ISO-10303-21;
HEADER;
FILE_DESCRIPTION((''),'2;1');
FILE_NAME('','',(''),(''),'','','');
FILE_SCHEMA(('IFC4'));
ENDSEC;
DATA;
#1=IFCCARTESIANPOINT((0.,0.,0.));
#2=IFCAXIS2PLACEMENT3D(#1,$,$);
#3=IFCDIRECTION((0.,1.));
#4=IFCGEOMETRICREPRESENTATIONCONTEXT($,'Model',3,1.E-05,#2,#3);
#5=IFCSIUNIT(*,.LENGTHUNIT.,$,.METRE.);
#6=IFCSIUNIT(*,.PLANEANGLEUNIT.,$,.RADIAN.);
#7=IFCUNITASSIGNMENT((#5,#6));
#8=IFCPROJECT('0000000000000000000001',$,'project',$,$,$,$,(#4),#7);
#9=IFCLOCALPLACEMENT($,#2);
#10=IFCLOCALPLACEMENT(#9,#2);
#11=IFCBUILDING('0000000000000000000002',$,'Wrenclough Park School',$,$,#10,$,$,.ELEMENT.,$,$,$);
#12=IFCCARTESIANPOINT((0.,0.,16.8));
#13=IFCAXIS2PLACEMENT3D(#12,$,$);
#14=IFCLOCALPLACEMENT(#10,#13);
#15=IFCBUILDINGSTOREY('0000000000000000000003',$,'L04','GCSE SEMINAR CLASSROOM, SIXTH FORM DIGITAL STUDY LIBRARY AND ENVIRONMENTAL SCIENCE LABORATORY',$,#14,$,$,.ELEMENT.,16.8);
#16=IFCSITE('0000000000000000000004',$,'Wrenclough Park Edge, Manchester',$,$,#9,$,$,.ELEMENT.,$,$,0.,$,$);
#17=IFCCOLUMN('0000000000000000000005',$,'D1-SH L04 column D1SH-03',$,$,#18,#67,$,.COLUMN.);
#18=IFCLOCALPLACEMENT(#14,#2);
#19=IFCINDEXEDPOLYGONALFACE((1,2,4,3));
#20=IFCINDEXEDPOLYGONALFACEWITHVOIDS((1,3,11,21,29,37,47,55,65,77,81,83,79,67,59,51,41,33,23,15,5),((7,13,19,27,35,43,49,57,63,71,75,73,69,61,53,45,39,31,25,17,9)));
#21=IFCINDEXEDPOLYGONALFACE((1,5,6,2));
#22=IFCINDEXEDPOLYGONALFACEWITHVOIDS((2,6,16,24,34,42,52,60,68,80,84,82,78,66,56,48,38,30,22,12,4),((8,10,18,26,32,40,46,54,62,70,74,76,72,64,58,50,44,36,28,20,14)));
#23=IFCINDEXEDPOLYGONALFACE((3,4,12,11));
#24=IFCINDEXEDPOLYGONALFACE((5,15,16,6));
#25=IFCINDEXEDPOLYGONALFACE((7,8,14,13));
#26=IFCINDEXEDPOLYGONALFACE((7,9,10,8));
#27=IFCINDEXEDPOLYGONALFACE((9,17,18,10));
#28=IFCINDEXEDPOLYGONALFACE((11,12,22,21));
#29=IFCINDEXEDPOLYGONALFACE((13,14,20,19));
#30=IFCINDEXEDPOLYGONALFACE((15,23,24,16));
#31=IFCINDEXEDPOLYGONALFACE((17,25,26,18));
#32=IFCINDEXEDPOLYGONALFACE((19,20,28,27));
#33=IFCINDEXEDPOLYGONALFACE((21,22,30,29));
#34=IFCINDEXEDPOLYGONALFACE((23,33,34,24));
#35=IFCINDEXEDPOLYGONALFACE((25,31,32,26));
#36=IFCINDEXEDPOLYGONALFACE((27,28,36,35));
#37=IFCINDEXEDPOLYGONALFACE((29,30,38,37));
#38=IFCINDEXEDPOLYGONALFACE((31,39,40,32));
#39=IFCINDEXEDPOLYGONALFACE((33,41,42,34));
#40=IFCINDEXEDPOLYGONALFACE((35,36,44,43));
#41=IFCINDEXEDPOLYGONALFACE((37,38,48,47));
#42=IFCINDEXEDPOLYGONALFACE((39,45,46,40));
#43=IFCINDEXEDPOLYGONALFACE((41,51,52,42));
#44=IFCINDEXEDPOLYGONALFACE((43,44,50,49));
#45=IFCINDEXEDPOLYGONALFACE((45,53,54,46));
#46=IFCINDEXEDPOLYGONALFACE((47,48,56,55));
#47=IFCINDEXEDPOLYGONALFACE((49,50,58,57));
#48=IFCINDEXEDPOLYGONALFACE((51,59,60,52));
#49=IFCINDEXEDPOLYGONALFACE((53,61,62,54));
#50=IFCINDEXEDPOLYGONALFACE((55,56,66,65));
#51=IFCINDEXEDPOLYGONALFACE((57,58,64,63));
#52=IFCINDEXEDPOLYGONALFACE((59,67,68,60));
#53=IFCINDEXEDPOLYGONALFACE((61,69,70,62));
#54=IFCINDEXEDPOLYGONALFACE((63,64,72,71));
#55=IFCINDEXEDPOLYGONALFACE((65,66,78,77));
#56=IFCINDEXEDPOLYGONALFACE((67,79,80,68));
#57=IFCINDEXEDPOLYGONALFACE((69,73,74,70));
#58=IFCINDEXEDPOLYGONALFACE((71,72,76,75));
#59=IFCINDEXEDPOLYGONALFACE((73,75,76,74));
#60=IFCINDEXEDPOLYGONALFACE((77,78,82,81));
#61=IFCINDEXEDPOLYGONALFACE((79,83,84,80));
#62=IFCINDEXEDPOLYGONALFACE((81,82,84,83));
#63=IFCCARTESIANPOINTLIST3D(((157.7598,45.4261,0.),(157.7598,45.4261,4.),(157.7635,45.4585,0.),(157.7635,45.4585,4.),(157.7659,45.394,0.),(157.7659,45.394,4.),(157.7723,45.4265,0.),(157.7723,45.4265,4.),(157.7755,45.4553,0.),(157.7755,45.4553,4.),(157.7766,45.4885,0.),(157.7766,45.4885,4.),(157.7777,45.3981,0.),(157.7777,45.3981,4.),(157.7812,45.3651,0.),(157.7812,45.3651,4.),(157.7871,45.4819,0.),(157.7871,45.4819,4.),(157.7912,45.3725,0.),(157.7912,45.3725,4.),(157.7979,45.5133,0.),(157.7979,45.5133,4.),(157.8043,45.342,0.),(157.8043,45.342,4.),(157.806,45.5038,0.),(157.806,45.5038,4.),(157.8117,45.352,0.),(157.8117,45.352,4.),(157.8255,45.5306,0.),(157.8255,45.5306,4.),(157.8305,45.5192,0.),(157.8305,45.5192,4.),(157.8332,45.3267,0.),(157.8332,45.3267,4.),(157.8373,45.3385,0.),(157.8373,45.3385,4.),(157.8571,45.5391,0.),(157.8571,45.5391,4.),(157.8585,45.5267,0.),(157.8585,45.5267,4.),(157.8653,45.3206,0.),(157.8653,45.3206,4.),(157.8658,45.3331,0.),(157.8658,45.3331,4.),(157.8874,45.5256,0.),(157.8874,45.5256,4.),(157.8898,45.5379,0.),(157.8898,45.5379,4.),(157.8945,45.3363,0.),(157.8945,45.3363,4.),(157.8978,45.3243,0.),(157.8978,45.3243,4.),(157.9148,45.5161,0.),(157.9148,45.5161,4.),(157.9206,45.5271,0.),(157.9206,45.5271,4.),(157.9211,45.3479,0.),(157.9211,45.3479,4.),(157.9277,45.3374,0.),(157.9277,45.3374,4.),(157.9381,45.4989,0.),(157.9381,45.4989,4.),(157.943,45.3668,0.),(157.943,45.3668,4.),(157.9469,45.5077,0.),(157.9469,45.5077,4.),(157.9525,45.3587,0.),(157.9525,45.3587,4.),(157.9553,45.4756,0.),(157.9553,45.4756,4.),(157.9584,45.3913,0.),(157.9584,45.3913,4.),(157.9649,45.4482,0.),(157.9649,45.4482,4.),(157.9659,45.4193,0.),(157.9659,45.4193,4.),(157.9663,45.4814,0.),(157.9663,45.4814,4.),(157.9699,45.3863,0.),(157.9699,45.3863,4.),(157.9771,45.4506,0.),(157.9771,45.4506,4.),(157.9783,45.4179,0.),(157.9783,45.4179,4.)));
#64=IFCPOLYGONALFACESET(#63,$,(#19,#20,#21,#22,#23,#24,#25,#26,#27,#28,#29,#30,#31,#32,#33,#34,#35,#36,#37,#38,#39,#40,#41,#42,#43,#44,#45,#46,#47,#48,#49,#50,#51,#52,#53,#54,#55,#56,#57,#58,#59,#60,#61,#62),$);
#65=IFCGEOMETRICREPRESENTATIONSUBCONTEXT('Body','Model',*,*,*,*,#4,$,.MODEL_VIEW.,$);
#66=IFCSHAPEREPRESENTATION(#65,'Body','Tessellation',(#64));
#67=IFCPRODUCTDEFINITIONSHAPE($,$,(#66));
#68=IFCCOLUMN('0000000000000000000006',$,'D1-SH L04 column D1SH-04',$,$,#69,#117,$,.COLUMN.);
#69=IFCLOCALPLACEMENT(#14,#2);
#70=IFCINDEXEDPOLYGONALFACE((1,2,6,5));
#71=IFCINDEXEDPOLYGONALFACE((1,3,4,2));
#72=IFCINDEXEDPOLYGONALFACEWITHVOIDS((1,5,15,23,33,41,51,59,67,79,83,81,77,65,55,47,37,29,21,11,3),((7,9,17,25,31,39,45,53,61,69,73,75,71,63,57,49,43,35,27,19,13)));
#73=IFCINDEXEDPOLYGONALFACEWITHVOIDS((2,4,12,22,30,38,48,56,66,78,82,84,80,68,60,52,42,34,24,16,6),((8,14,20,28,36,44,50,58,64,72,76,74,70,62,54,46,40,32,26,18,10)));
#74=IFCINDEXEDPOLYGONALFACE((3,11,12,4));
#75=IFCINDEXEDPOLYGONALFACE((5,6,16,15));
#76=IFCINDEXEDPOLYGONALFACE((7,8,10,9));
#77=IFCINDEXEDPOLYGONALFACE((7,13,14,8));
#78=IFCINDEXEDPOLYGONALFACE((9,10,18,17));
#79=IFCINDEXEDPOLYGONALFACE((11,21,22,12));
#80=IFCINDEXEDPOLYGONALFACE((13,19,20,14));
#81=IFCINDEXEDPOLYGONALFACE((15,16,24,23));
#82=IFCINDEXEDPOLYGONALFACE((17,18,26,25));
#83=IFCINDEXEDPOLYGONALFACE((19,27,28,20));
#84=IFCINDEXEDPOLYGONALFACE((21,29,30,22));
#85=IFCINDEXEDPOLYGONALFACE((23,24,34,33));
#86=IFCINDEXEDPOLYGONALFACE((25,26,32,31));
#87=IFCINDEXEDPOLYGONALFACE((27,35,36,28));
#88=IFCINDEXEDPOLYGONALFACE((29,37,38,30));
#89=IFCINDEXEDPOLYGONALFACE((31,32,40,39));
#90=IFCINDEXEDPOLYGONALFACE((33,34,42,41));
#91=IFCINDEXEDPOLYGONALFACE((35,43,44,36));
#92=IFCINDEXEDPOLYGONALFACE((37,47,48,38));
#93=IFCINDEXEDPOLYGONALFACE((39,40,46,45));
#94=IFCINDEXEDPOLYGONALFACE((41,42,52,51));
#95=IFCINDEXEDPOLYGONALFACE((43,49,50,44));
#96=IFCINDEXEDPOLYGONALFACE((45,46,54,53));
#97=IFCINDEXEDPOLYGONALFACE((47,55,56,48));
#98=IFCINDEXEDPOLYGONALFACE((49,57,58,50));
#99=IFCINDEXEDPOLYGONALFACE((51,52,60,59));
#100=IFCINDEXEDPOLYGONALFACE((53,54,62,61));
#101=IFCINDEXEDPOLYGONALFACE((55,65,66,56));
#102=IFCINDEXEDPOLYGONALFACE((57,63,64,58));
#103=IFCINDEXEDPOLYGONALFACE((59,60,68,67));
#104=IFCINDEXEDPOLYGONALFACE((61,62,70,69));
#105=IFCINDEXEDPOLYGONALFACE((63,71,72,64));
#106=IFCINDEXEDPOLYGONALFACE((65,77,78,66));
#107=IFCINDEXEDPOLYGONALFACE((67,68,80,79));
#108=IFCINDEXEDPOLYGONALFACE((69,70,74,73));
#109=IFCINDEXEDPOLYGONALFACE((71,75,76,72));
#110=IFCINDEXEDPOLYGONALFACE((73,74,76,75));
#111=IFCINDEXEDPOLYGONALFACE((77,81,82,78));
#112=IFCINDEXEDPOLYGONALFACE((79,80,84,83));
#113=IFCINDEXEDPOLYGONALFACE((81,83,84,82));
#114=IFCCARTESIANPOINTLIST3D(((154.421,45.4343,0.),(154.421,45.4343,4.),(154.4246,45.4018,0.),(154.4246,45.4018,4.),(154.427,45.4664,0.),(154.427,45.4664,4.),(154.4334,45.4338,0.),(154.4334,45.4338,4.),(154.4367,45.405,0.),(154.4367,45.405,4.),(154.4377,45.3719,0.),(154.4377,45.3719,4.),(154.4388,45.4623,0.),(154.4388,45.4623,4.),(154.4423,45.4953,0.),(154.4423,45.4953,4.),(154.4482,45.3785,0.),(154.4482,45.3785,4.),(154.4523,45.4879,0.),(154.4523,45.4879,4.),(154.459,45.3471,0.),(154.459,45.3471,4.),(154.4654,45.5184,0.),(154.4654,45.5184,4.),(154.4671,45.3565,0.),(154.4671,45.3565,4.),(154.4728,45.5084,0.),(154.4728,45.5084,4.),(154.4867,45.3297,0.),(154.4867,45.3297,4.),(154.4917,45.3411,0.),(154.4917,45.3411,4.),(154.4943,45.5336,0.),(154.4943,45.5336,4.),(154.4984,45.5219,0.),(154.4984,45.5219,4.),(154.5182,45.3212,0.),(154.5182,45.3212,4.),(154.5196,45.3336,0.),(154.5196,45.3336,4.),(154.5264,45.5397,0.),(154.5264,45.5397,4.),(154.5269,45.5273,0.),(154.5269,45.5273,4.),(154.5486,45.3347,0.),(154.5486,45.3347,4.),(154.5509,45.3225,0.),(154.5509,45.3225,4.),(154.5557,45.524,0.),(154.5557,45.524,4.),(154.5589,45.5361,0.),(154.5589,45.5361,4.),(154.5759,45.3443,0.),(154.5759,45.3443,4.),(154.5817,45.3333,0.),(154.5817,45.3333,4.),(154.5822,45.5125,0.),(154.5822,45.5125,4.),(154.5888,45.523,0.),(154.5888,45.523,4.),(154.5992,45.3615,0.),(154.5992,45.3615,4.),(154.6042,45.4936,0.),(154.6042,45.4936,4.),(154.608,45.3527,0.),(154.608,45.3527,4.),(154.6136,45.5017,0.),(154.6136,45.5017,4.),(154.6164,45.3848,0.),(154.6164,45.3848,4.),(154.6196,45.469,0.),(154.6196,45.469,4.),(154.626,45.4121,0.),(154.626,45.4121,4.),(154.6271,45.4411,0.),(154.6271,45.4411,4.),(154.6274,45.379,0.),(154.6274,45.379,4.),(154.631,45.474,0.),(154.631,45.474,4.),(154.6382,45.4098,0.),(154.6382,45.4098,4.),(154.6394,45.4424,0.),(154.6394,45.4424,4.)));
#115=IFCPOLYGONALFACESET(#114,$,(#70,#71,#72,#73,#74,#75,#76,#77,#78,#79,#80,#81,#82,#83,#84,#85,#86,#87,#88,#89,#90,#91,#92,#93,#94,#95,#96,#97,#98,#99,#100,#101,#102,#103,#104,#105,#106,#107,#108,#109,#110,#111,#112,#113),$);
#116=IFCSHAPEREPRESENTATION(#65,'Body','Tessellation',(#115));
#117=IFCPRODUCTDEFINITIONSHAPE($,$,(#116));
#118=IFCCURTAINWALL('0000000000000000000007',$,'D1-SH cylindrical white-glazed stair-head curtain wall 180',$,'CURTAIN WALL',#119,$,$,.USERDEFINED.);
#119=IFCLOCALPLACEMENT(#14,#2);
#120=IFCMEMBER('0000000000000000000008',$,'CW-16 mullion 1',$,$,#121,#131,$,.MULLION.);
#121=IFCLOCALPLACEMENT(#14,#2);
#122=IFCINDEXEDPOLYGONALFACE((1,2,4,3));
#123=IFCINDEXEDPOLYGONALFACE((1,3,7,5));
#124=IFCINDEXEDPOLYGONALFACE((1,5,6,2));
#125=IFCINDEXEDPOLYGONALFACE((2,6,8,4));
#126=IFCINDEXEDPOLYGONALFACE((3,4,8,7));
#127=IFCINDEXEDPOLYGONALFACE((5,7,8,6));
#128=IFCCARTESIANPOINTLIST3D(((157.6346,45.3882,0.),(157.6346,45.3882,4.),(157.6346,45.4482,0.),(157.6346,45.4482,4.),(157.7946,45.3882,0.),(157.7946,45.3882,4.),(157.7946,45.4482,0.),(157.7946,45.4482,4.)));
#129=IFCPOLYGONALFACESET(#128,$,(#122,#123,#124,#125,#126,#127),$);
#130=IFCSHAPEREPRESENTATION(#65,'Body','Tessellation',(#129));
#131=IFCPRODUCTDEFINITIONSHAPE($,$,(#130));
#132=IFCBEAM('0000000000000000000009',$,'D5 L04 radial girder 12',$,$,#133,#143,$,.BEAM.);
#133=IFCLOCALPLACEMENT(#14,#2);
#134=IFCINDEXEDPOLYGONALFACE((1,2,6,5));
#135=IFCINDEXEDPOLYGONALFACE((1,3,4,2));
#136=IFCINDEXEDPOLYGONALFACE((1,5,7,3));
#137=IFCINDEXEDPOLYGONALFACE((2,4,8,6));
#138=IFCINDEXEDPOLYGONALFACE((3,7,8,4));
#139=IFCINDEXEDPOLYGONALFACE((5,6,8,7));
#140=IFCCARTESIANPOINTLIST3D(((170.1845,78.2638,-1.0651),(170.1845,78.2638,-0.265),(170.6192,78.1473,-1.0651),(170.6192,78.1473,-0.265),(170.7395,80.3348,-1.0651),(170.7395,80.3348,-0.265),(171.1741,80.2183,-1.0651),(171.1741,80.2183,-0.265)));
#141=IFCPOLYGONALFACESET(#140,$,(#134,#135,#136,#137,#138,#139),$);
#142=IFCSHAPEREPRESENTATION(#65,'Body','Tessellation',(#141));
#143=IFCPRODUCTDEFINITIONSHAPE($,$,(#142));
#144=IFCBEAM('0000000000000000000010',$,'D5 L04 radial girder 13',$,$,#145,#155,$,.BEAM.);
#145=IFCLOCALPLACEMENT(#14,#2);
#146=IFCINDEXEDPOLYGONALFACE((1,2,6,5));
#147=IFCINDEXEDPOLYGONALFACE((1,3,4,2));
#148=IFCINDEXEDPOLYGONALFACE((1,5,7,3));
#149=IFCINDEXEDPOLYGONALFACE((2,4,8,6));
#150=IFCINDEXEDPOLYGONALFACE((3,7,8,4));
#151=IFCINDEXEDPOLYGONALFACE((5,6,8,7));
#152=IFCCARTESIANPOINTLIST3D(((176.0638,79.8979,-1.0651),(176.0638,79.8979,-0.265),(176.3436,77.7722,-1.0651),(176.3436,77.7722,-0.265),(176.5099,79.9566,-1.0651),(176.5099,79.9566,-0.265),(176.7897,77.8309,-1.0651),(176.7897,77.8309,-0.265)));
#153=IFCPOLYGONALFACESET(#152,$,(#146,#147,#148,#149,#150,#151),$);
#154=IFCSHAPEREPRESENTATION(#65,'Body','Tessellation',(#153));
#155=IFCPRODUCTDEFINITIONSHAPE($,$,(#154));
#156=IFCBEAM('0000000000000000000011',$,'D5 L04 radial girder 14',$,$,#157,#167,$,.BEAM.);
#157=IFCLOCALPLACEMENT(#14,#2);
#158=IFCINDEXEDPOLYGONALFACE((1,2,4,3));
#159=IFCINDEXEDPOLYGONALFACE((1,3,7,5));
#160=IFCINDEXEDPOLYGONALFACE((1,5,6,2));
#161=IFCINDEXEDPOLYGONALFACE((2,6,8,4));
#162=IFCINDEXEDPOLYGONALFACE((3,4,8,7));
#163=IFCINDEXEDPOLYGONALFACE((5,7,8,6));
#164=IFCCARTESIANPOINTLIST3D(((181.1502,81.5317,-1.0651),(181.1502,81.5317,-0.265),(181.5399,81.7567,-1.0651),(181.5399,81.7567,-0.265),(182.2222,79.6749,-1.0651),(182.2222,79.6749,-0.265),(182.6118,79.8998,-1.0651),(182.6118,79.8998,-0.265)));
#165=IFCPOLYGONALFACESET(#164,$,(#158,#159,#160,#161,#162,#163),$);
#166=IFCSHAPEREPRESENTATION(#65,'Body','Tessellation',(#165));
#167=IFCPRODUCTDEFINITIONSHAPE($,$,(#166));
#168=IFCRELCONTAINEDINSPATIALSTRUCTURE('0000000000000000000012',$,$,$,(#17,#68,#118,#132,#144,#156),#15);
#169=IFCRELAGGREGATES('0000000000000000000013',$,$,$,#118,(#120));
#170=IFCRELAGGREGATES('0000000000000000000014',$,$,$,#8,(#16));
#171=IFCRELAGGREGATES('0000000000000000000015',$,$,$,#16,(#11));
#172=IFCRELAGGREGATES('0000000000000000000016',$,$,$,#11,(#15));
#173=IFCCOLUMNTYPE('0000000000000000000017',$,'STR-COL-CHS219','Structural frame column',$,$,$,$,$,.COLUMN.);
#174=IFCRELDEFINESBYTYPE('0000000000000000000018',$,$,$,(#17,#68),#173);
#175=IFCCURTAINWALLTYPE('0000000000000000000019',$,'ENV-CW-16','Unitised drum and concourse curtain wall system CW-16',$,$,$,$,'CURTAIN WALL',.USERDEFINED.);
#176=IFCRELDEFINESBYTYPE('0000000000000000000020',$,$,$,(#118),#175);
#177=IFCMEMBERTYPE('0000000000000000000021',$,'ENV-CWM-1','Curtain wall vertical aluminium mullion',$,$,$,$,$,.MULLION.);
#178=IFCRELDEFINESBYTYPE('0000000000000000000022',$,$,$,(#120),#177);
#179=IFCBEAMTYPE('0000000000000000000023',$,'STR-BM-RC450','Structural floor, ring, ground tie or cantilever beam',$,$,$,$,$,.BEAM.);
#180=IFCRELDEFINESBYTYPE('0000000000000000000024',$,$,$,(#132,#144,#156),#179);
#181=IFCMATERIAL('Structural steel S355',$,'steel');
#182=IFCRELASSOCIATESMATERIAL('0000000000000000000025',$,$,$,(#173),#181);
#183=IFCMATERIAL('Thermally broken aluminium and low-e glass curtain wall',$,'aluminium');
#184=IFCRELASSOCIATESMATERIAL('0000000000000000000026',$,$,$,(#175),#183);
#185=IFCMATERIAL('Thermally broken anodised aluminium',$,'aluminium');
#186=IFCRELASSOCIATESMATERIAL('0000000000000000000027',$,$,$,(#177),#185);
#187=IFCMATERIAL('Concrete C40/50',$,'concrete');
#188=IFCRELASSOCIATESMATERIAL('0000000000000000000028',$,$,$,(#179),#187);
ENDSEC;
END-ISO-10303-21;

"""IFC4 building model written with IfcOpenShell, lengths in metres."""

from ifc_helpers import new_model, si_unit, direction, frame, origin, origin_2d, place, context, subcontext, project, spatial, rectangle, hollow_circle, extrude, material, material_profile, profile_set, type_object, element, aggregate, save


model = new_model("IFC4")

# Units and contexts
model_context = context("Model", 3, precision=1e-05, world=origin(), true_north=direction((0.0, 1.0)))
body_context = subcontext(model_context, "Body", "Model", "MODEL_VIEW")
ifc_project = project(units=[si_unit("LENGTHUNIT", "METRE"), si_unit("PLANEANGLEUNIT", "RADIAN")], contexts=[model_context])

# Site, building, storey
site_placement = place(None, origin())
site = spatial("IfcSite", under=ifc_project, at=site_placement, Name="Wrenclough Park Edge, Manchester", CompositionType="ELEMENT", RefElevation=0.0)
building_placement = place(site_placement, origin())
building = spatial("IfcBuilding", under=site, at=building_placement, Name="Wrenclough Park School", CompositionType="ELEMENT")
storey_placement = place(building_placement, frame((0.0, 0.0, 16.8)))
storey = spatial("IfcBuildingStorey", under=building, at=storey_placement, Name="L04", Description="GCSE SEMINAR CLASSROOM, SIXTH FORM DIGITAL STUDY LIBRARY AND ENVIRONMENTAL SCIENCE LABORATORY", CompositionType="ELEMENT", Elevation=16.8)

# Columns
ifc_material_1 = material(Name="Structural steel S355", Category="steel")
ifc_material_profile_1 = material_profile(ifc_material_1, hollow_circle(Radius=0.1096, WallThickness=0.0125, at=origin_2d()), Name="CHS 219.1x12.5")
ifc_profile_set_1 = profile_set([ifc_material_profile_1], Name="Structural steel S355")
column_type = type_object("IfcColumnType", Name="STR-COL-CHS219", Description="Structural frame column", PredefinedType="COLUMN", material=ifc_profile_set_1)
for number, where, z_axis, x_axis, name in (
    (1, (157.8694, 45.4302, 0.0), (0.0, 0.0, 1.0), (-0.965926, 0.258819, 0.0), "D1-SH L04 column D1SH-03"),
    (2, (154.5305, 45.4302, 0.0), (0.0, 0.0, 1.0), (-0.965926, -0.258819, 0.0), "D1-SH L04 column D1SH-04"),
):
    element("IfcColumn", number, at=place(storey_placement, frame(where, z_axis=z_axis, x_axis=x_axis)), inside=storey, type_object=column_type, Name=name, PredefinedType="COLUMN", context=body_context, shape_type="SweptSolid", body=[
        extrude(hollow_circle(Radius=0.1096, WallThickness=0.0125, at=origin_2d()), origin(), (0.0, 0.0, 1.0), 4.0),
    ])

# Curtain wall, member
ifc_material_2 = material(Name="Thermally broken aluminium and low-e glass curtain wall", Category="aluminium")
curtain_wall_type = type_object("IfcCurtainWallType", Name="ENV-CW-16", Description="Unitised drum and concourse curtain wall system CW-16", ElementType="CURTAIN WALL", PredefinedType="USERDEFINED", material=ifc_material_2)
curtain_wall_placement = place(storey_placement, origin())
curtain_wall = element("IfcCurtainWall", 3, at=curtain_wall_placement, inside=storey, type_object=curtain_wall_type, Name="D1-SH cylindrical white-glazed stair-head curtain wall 180", ObjectType="CURTAIN WALL", PredefinedType="USERDEFINED")
ifc_material_3 = material(Name="Thermally broken anodised aluminium", Category="aluminium")
ifc_material_profile_2 = material_profile(ifc_material_3, rectangle(XDim=0.0601, YDim=0.1599, at=origin_2d()), Name="AL MULLION 60x160")
ifc_profile_set_2 = profile_set([ifc_material_profile_2], Name="Thermally broken anodised aluminium")
member_type = type_object("IfcMemberType", Name="ENV-CWM-1", Description="Curtain wall vertical aluminium mullion", PredefinedType="MULLION", material=ifc_profile_set_2)
member_placement = place(storey_placement, frame((157.7146, 45.4182, 0.0), z_axis=(0.0, 0.0, 1.0), x_axis=(0.0, -1.0, 0.0)))
member = element("IfcMember", 4, at=member_placement, type_object=member_type, Name="CW-16 mullion 1", PredefinedType="MULLION", context=body_context, shape_type="SweptSolid", body=[
    extrude(rectangle(XDim=0.0601, YDim=0.1599, at=origin_2d()), origin(), (0.0, 0.0, 1.0), 4.0),
])
aggregate(curtain_wall, [member])

# Beams
ifc_material_4 = material(Name="Concrete C40/50", Category="concrete")
ifc_material_profile_3 = material_profile(ifc_material_4, rectangle(XDim=0.45, YDim=0.8, at=origin_2d()), Name="RC BEAM 450x800")
ifc_profile_set_3 = profile_set([ifc_material_profile_3], Name="Concrete C40/50")
beam_type_1 = type_object("IfcBeamType", Name="STR-BM-RC450", Description="Structural floor, ring, ground tie or cantilever beam", PredefinedType="BEAM", material=ifc_profile_set_3)
for number, where, z_axis, x_axis, name in (
    (5, (170.4019, 78.2056, -0.665), (0.258818, 0.965926, 0.0), (-0.965926, 0.258818, 0.0), "D5 L04 radial girder 12"),
    (6, (176.5667, 77.8015, -0.665), (-0.130493, 0.991449, 0.0), (-0.991449, -0.130493, 0.0), "D5 L04 radial girder 13"),
    (7, (182.417, 79.7874, -0.665), (-0.499972, 0.866041, 0.0), (-0.866041, -0.499972, 0.0), "D5 L04 radial girder 14"),
):
    element("IfcBeam", number, at=place(storey_placement, frame(where, z_axis=z_axis, x_axis=x_axis)), inside=storey, type_object=beam_type_1, Name=name, PredefinedType="BEAM", context=body_context, shape_type="SweptSolid", body=[
        extrude(rectangle(XDim=0.45, YDim=0.8, at=origin_2d()), origin(), (0.0, 0.0, 1.0), 2.144),
    ])

save(model, "model.ifc")
